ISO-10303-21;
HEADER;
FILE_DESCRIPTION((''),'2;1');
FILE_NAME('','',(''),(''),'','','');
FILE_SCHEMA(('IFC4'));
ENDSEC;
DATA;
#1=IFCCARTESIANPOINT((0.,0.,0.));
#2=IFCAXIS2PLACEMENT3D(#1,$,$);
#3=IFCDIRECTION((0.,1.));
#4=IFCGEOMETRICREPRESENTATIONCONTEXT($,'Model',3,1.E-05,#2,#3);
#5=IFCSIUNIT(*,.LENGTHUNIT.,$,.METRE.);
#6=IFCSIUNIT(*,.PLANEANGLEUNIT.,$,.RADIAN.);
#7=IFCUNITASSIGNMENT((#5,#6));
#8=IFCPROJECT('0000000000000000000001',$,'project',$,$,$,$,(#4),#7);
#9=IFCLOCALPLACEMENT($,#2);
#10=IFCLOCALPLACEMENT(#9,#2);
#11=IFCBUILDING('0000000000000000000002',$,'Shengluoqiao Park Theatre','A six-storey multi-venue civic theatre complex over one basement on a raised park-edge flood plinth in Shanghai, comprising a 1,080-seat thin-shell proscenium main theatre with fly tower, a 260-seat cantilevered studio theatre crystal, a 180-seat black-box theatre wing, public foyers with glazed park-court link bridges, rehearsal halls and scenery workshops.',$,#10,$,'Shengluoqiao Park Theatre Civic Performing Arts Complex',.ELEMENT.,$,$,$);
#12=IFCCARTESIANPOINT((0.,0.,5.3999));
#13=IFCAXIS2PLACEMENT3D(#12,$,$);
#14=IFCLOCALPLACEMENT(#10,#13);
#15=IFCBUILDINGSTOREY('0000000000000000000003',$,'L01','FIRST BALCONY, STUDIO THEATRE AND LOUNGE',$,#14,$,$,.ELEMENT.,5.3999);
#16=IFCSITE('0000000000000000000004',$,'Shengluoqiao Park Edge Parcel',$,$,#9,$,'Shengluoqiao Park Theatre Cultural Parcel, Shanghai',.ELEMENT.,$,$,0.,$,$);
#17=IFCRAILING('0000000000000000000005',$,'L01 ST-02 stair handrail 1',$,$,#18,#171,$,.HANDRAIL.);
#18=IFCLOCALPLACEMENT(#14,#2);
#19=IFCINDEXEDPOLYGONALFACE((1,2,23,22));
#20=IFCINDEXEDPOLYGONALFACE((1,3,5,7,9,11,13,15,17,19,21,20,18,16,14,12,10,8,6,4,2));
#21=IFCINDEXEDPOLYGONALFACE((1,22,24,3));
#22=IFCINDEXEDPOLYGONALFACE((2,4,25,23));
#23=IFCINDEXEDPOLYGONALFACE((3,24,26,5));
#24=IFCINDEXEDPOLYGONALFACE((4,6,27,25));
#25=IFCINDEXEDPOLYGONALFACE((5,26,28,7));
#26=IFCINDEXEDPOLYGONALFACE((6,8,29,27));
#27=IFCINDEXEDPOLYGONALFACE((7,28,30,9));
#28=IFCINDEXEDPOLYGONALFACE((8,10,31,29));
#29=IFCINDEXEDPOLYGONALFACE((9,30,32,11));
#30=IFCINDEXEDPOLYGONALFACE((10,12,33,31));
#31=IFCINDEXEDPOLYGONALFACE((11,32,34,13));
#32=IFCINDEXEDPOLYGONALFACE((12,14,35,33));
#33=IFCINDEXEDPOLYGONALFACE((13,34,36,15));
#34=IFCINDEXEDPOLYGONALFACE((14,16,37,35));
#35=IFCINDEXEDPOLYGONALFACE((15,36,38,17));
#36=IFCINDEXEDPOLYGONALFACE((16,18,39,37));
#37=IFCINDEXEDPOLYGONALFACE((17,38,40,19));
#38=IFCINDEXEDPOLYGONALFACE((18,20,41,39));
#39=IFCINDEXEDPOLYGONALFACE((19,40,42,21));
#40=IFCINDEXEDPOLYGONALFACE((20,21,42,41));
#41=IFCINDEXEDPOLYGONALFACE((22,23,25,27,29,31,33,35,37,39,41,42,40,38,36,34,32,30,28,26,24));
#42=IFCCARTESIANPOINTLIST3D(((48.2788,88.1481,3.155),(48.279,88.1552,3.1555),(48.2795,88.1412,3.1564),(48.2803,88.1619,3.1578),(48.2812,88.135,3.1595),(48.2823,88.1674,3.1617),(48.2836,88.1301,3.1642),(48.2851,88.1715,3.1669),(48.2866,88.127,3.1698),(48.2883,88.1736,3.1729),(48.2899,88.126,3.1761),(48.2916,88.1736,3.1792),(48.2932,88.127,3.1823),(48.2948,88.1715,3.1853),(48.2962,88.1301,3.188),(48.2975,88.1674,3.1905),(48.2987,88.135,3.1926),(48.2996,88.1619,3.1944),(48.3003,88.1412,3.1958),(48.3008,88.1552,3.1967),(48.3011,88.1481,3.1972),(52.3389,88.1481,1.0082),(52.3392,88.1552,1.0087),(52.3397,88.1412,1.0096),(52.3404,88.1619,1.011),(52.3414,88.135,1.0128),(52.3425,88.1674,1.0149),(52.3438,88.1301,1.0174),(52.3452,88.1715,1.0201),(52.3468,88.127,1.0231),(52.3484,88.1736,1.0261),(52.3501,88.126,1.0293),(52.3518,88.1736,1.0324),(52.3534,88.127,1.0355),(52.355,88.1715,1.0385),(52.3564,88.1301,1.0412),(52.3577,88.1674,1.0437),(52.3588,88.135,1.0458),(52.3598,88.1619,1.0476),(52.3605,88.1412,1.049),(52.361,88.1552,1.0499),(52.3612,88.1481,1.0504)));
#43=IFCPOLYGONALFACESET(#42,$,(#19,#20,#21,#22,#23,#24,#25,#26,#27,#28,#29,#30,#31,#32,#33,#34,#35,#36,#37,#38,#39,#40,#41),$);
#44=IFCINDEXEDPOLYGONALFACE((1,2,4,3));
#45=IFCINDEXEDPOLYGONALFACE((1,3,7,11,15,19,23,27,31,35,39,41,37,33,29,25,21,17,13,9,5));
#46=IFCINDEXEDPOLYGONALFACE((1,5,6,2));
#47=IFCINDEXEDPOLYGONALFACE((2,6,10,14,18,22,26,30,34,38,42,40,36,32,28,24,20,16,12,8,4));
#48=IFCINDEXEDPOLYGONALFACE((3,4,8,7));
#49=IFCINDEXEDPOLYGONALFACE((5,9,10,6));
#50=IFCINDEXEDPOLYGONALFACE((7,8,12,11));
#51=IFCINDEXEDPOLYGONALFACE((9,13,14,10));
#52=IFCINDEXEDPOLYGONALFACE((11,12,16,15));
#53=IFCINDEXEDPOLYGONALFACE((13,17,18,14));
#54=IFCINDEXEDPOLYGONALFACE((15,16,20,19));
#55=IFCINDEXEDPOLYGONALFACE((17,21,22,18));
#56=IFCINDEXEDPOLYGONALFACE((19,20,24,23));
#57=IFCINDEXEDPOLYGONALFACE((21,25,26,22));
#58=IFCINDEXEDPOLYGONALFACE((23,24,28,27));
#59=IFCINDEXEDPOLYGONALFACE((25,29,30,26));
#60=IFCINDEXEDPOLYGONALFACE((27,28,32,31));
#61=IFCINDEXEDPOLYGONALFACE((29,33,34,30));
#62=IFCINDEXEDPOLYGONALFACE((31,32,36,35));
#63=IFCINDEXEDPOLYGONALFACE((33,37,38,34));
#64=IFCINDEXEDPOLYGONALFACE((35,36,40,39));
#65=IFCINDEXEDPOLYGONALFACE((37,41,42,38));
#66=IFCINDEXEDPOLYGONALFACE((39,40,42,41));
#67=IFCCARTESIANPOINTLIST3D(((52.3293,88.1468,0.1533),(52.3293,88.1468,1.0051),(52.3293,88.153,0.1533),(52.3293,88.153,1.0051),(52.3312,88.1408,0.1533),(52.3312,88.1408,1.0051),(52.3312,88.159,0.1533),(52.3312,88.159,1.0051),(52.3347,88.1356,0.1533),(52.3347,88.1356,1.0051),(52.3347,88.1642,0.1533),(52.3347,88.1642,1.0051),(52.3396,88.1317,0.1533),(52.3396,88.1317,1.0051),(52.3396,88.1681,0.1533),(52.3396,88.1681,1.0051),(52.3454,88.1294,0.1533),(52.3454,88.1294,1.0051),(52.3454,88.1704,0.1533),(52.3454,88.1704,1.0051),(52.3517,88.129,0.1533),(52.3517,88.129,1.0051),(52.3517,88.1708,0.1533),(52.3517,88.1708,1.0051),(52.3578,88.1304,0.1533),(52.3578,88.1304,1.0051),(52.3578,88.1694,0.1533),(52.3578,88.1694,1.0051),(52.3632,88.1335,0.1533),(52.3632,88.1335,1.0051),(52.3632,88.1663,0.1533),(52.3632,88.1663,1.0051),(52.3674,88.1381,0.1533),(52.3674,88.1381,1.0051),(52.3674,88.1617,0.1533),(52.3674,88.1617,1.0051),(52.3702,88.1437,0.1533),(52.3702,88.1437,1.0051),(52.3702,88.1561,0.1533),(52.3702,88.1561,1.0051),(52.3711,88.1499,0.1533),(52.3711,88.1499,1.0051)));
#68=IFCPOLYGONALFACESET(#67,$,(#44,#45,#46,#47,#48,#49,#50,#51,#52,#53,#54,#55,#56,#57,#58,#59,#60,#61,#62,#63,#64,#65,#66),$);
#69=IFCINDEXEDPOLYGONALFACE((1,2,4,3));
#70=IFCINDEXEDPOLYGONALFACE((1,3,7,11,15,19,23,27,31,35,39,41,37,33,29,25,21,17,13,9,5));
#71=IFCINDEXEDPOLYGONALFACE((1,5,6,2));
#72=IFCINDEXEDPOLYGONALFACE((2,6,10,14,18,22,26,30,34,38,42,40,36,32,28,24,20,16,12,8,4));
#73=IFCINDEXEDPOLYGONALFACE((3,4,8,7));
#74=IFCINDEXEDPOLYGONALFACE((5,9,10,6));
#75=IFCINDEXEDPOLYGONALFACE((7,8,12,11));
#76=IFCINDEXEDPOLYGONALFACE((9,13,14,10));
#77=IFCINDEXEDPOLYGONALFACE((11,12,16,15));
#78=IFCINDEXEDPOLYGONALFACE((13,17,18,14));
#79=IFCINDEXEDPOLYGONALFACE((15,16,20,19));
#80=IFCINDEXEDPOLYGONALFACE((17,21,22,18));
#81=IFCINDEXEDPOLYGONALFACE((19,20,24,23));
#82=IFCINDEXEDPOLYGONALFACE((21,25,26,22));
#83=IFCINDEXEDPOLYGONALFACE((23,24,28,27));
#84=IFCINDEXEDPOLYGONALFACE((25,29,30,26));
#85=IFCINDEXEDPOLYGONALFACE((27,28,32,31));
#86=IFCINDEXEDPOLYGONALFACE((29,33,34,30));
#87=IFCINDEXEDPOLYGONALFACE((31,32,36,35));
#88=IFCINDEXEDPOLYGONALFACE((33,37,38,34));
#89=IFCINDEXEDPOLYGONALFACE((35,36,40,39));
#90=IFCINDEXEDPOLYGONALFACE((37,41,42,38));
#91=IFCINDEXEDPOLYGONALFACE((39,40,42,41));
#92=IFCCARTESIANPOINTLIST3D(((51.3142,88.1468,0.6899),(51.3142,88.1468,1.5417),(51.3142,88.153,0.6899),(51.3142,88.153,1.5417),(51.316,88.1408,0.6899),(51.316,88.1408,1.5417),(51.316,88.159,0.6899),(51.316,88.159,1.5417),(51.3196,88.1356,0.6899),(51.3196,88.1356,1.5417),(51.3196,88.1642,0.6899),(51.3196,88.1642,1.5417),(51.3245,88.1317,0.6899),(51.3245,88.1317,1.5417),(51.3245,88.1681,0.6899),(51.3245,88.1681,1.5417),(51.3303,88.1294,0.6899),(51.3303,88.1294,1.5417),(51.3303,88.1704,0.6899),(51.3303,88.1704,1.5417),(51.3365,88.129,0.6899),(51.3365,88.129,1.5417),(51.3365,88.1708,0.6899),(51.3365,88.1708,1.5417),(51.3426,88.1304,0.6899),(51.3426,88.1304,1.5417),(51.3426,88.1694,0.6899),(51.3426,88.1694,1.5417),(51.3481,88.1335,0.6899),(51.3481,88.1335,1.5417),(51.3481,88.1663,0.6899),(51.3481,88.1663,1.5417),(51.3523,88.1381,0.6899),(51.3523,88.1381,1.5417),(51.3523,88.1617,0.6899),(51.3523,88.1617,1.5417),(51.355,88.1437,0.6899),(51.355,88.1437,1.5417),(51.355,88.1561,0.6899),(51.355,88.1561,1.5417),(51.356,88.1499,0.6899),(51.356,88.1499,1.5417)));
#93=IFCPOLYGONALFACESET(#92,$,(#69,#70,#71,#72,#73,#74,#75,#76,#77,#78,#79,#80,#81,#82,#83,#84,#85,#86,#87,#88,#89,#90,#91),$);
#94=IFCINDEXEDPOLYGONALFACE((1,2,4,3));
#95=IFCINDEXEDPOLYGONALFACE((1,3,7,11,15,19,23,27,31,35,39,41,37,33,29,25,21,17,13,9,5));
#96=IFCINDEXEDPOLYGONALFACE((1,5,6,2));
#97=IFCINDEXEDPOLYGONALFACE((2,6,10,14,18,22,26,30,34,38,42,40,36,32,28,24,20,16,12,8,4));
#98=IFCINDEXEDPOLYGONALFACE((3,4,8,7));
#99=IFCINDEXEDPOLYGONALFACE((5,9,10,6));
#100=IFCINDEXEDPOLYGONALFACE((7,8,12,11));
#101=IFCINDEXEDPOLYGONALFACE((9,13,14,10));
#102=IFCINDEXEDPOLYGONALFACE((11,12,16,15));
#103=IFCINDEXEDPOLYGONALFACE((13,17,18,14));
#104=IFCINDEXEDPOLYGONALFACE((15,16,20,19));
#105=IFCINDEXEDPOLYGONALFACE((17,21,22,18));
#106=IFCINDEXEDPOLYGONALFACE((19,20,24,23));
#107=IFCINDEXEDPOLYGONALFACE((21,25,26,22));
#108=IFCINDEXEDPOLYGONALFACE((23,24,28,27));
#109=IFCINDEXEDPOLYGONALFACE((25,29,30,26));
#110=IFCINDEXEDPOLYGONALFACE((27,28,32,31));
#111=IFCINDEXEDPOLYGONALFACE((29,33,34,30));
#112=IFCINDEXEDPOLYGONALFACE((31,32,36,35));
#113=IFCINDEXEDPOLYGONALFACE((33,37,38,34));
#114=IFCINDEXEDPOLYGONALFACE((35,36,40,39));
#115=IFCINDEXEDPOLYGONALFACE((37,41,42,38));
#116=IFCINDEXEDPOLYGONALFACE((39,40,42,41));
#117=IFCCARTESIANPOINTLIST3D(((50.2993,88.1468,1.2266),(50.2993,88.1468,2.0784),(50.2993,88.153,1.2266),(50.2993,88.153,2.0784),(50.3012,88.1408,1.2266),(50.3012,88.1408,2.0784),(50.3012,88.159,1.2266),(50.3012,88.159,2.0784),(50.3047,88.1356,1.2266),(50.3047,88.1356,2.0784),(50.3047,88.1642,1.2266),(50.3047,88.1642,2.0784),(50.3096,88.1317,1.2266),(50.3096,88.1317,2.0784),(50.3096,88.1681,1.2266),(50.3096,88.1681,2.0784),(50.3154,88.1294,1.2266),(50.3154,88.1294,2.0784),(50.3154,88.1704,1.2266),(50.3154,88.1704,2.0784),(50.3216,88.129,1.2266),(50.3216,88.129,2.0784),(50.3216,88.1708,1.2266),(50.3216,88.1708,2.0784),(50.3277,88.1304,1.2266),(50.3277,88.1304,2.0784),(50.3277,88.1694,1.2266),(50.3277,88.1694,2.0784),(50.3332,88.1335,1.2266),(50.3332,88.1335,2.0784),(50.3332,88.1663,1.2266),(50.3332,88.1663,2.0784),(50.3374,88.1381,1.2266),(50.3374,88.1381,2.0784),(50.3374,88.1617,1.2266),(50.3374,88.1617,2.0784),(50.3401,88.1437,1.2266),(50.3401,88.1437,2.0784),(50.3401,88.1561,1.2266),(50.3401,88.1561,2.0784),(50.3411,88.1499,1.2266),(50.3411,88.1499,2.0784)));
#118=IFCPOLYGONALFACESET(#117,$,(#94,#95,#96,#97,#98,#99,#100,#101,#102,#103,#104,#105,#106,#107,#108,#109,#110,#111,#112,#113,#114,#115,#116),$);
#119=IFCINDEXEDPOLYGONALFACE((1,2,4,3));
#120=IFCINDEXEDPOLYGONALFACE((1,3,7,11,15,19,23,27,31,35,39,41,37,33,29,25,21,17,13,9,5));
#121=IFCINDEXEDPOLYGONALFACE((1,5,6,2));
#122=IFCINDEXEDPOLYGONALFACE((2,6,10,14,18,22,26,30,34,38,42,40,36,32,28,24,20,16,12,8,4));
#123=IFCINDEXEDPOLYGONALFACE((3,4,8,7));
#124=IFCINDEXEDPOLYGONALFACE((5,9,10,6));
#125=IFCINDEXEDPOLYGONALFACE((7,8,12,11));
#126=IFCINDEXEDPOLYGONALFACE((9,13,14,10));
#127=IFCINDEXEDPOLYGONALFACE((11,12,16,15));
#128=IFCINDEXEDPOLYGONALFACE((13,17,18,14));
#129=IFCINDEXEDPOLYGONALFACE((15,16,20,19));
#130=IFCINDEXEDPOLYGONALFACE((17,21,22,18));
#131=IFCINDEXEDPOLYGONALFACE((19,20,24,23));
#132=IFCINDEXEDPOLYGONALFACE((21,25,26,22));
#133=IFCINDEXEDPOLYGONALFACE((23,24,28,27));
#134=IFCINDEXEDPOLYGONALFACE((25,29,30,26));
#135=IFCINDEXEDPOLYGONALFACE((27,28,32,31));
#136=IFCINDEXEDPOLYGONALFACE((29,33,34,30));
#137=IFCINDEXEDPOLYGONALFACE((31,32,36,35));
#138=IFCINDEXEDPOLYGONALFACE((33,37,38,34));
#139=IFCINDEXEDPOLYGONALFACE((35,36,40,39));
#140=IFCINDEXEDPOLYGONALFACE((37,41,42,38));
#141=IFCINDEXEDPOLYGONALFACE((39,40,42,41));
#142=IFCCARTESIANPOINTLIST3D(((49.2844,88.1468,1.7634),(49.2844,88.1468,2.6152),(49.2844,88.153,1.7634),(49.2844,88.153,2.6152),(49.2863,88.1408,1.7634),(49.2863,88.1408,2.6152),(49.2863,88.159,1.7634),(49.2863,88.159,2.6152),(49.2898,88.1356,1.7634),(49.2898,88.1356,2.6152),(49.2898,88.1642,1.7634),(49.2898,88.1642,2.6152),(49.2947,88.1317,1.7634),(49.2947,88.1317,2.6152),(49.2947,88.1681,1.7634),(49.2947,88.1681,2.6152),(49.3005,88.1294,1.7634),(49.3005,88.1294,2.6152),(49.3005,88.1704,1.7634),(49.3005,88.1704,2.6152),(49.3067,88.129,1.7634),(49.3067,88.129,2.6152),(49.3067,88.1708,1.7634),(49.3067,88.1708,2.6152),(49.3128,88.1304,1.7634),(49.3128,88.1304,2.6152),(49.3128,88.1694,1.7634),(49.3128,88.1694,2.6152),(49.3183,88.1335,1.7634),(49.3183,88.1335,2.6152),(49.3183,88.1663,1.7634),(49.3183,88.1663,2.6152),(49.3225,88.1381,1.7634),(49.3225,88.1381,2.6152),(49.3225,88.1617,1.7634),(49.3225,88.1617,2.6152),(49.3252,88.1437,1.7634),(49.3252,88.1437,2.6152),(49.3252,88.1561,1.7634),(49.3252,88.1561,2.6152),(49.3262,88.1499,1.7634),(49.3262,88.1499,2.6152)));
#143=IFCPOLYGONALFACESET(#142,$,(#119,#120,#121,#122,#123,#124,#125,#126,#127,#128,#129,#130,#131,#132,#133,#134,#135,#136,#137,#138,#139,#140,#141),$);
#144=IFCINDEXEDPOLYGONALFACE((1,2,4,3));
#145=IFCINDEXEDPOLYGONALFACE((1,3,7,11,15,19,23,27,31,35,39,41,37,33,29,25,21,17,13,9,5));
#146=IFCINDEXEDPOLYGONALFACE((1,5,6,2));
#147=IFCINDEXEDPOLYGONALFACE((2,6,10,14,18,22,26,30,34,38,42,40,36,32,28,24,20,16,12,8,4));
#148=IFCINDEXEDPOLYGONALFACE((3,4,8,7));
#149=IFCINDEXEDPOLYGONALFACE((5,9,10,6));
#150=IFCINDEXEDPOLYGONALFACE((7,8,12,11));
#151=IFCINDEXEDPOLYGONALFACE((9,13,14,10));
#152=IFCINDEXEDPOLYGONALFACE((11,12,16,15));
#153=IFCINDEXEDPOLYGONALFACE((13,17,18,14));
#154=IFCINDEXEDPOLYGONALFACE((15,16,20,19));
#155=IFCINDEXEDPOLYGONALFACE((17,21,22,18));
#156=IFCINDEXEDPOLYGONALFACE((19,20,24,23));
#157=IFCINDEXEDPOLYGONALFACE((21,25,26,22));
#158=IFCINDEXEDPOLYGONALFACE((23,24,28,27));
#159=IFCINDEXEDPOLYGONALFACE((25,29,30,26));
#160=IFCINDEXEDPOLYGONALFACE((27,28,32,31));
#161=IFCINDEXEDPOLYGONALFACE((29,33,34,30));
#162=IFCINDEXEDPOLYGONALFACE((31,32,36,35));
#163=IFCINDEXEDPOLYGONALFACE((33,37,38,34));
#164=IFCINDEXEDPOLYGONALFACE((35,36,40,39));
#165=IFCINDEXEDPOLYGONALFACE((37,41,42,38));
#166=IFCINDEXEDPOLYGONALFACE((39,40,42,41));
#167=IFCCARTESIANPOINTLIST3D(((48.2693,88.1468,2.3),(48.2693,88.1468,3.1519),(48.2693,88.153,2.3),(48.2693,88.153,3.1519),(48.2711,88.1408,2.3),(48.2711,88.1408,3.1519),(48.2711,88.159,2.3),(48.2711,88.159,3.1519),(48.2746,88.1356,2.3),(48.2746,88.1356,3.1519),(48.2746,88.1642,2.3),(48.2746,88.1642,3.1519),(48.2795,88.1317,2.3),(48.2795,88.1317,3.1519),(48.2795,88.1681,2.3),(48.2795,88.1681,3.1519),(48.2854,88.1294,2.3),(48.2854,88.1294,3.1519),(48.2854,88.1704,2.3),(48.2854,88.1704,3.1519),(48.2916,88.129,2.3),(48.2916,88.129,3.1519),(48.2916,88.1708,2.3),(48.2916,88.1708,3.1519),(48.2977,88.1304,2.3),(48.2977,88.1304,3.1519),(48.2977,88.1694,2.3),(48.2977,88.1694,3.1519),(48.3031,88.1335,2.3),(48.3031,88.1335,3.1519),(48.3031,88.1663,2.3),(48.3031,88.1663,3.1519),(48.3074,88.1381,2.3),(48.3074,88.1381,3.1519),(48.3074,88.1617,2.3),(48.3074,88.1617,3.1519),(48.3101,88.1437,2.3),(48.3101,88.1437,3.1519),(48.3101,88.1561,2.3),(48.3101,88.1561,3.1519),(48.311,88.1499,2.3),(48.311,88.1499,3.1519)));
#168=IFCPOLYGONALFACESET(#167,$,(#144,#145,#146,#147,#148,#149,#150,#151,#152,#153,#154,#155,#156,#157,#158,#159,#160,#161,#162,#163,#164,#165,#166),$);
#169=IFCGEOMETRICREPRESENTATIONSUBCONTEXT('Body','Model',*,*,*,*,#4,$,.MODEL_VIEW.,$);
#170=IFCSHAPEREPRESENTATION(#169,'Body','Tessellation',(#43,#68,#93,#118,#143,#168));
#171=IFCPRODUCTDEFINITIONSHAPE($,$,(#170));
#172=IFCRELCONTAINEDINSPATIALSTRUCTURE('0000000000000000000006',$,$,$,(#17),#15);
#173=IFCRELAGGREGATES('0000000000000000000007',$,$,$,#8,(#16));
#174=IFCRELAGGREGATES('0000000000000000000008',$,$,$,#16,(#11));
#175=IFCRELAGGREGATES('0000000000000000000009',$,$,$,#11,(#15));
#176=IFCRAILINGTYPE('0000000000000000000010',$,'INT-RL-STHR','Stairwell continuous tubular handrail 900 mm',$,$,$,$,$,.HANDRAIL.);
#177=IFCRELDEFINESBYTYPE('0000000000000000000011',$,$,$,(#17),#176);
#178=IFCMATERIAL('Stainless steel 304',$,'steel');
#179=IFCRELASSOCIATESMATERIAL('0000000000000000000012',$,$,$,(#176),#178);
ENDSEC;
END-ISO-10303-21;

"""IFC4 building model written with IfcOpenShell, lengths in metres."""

from ifc_helpers import new_model, si_unit, direction, frame, origin, origin_2d, place, context, subcontext, project, spatial, circle, extrude, material, type_object, element, save


model = new_model("IFC4")

# Units and contexts
model_context = context("Model", 3, precision=1e-05, world=origin(), true_north=direction((0.0, 1.0)))
body_context = subcontext(model_context, "Body", "Model", "MODEL_VIEW")
ifc_project = project(units=[si_unit("LENGTHUNIT", "METRE"), si_unit("PLANEANGLEUNIT", "RADIAN")], contexts=[model_context])

# Site, building, storey
site_placement = place(None, origin())
site = spatial("IfcSite", under=ifc_project, at=site_placement, Name="Shengluoqiao Park Edge Parcel", LongName="Shengluoqiao Park Theatre Cultural Parcel, Shanghai", CompositionType="ELEMENT", RefElevation=0.0)
building_placement = place(site_placement, origin())
building = spatial("IfcBuilding", under=site, at=building_placement, Name="Shengluoqiao Park Theatre", Description="A six-storey multi-venue civic theatre complex over one basement on a raised park-edge flood plinth in Shanghai, comprising a 1,080-seat thin-shell proscenium main theatre with fly tower, a 260-seat cantilevered studio theatre crystal, a 180-seat black-box theatre wing, public foyers with glazed park-court link bridges, rehearsal halls and scenery workshops.", LongName="Shengluoqiao Park Theatre Civic Performing Arts Complex", CompositionType="ELEMENT")
storey_placement = place(building_placement, frame((0.0, 0.0, 5.3999)))
storey = spatial("IfcBuildingStorey", under=building, at=storey_placement, Name="L01", Description="FIRST BALCONY, STUDIO THEATRE AND LOUNGE", CompositionType="ELEMENT", Elevation=5.3999)

# Shared definitions
ifc_material_1 = material(Name="Stainless steel 304", Category="steel")

# Railing
railing_type = type_object("IfcRailingType", Name="INT-RL-STHR", Description="Stairwell continuous tubular handrail 900 mm", PredefinedType="HANDRAIL", material=ifc_material_1)
railing_placement = place(storey_placement, frame((52.3501, 88.1499, 0.1533)))
element("IfcRailing", 1, at=railing_placement, inside=storey, type_object=railing_type, Name="L01 ST-02 stair handrail 1", PredefinedType="HANDRAIL", context=body_context, shape_type="SweptSolid", body=[
    extrude(circle(Radius=0.0239, at=origin_2d()), frame((0.0, 0.0, 0.876), z_axis=(-0.884032, 0.0, 0.467426), x_axis=(0.0, -1.0, 0.0)), (0.0, 0.0, 1.0), 4.5928),
    extrude(circle(Radius=0.021, at=origin_2d()), origin(), (0.0, 0.0, 1.0), 0.8518),
    extrude(circle(Radius=0.021, at=origin_2d()), frame((-1.0151, 0.0, 0.5366)), (0.0, 0.0, 1.0), 0.8518),
    extrude(circle(Radius=0.021, at=origin_2d()), frame((-2.03, 0.0, 1.0732)), (0.0, 0.0, 1.0), 0.8518),
    extrude(circle(Radius=0.021, at=origin_2d()), frame((-3.0449, 0.0, 1.6101)), (0.0, 0.0, 1.0), 0.8518),
    extrude(circle(Radius=0.021, at=origin_2d()), frame((-4.0601, 0.0, 2.1467)), (0.0, 0.0, 1.0), 0.8518),
])

save(model, "model.ifc")
